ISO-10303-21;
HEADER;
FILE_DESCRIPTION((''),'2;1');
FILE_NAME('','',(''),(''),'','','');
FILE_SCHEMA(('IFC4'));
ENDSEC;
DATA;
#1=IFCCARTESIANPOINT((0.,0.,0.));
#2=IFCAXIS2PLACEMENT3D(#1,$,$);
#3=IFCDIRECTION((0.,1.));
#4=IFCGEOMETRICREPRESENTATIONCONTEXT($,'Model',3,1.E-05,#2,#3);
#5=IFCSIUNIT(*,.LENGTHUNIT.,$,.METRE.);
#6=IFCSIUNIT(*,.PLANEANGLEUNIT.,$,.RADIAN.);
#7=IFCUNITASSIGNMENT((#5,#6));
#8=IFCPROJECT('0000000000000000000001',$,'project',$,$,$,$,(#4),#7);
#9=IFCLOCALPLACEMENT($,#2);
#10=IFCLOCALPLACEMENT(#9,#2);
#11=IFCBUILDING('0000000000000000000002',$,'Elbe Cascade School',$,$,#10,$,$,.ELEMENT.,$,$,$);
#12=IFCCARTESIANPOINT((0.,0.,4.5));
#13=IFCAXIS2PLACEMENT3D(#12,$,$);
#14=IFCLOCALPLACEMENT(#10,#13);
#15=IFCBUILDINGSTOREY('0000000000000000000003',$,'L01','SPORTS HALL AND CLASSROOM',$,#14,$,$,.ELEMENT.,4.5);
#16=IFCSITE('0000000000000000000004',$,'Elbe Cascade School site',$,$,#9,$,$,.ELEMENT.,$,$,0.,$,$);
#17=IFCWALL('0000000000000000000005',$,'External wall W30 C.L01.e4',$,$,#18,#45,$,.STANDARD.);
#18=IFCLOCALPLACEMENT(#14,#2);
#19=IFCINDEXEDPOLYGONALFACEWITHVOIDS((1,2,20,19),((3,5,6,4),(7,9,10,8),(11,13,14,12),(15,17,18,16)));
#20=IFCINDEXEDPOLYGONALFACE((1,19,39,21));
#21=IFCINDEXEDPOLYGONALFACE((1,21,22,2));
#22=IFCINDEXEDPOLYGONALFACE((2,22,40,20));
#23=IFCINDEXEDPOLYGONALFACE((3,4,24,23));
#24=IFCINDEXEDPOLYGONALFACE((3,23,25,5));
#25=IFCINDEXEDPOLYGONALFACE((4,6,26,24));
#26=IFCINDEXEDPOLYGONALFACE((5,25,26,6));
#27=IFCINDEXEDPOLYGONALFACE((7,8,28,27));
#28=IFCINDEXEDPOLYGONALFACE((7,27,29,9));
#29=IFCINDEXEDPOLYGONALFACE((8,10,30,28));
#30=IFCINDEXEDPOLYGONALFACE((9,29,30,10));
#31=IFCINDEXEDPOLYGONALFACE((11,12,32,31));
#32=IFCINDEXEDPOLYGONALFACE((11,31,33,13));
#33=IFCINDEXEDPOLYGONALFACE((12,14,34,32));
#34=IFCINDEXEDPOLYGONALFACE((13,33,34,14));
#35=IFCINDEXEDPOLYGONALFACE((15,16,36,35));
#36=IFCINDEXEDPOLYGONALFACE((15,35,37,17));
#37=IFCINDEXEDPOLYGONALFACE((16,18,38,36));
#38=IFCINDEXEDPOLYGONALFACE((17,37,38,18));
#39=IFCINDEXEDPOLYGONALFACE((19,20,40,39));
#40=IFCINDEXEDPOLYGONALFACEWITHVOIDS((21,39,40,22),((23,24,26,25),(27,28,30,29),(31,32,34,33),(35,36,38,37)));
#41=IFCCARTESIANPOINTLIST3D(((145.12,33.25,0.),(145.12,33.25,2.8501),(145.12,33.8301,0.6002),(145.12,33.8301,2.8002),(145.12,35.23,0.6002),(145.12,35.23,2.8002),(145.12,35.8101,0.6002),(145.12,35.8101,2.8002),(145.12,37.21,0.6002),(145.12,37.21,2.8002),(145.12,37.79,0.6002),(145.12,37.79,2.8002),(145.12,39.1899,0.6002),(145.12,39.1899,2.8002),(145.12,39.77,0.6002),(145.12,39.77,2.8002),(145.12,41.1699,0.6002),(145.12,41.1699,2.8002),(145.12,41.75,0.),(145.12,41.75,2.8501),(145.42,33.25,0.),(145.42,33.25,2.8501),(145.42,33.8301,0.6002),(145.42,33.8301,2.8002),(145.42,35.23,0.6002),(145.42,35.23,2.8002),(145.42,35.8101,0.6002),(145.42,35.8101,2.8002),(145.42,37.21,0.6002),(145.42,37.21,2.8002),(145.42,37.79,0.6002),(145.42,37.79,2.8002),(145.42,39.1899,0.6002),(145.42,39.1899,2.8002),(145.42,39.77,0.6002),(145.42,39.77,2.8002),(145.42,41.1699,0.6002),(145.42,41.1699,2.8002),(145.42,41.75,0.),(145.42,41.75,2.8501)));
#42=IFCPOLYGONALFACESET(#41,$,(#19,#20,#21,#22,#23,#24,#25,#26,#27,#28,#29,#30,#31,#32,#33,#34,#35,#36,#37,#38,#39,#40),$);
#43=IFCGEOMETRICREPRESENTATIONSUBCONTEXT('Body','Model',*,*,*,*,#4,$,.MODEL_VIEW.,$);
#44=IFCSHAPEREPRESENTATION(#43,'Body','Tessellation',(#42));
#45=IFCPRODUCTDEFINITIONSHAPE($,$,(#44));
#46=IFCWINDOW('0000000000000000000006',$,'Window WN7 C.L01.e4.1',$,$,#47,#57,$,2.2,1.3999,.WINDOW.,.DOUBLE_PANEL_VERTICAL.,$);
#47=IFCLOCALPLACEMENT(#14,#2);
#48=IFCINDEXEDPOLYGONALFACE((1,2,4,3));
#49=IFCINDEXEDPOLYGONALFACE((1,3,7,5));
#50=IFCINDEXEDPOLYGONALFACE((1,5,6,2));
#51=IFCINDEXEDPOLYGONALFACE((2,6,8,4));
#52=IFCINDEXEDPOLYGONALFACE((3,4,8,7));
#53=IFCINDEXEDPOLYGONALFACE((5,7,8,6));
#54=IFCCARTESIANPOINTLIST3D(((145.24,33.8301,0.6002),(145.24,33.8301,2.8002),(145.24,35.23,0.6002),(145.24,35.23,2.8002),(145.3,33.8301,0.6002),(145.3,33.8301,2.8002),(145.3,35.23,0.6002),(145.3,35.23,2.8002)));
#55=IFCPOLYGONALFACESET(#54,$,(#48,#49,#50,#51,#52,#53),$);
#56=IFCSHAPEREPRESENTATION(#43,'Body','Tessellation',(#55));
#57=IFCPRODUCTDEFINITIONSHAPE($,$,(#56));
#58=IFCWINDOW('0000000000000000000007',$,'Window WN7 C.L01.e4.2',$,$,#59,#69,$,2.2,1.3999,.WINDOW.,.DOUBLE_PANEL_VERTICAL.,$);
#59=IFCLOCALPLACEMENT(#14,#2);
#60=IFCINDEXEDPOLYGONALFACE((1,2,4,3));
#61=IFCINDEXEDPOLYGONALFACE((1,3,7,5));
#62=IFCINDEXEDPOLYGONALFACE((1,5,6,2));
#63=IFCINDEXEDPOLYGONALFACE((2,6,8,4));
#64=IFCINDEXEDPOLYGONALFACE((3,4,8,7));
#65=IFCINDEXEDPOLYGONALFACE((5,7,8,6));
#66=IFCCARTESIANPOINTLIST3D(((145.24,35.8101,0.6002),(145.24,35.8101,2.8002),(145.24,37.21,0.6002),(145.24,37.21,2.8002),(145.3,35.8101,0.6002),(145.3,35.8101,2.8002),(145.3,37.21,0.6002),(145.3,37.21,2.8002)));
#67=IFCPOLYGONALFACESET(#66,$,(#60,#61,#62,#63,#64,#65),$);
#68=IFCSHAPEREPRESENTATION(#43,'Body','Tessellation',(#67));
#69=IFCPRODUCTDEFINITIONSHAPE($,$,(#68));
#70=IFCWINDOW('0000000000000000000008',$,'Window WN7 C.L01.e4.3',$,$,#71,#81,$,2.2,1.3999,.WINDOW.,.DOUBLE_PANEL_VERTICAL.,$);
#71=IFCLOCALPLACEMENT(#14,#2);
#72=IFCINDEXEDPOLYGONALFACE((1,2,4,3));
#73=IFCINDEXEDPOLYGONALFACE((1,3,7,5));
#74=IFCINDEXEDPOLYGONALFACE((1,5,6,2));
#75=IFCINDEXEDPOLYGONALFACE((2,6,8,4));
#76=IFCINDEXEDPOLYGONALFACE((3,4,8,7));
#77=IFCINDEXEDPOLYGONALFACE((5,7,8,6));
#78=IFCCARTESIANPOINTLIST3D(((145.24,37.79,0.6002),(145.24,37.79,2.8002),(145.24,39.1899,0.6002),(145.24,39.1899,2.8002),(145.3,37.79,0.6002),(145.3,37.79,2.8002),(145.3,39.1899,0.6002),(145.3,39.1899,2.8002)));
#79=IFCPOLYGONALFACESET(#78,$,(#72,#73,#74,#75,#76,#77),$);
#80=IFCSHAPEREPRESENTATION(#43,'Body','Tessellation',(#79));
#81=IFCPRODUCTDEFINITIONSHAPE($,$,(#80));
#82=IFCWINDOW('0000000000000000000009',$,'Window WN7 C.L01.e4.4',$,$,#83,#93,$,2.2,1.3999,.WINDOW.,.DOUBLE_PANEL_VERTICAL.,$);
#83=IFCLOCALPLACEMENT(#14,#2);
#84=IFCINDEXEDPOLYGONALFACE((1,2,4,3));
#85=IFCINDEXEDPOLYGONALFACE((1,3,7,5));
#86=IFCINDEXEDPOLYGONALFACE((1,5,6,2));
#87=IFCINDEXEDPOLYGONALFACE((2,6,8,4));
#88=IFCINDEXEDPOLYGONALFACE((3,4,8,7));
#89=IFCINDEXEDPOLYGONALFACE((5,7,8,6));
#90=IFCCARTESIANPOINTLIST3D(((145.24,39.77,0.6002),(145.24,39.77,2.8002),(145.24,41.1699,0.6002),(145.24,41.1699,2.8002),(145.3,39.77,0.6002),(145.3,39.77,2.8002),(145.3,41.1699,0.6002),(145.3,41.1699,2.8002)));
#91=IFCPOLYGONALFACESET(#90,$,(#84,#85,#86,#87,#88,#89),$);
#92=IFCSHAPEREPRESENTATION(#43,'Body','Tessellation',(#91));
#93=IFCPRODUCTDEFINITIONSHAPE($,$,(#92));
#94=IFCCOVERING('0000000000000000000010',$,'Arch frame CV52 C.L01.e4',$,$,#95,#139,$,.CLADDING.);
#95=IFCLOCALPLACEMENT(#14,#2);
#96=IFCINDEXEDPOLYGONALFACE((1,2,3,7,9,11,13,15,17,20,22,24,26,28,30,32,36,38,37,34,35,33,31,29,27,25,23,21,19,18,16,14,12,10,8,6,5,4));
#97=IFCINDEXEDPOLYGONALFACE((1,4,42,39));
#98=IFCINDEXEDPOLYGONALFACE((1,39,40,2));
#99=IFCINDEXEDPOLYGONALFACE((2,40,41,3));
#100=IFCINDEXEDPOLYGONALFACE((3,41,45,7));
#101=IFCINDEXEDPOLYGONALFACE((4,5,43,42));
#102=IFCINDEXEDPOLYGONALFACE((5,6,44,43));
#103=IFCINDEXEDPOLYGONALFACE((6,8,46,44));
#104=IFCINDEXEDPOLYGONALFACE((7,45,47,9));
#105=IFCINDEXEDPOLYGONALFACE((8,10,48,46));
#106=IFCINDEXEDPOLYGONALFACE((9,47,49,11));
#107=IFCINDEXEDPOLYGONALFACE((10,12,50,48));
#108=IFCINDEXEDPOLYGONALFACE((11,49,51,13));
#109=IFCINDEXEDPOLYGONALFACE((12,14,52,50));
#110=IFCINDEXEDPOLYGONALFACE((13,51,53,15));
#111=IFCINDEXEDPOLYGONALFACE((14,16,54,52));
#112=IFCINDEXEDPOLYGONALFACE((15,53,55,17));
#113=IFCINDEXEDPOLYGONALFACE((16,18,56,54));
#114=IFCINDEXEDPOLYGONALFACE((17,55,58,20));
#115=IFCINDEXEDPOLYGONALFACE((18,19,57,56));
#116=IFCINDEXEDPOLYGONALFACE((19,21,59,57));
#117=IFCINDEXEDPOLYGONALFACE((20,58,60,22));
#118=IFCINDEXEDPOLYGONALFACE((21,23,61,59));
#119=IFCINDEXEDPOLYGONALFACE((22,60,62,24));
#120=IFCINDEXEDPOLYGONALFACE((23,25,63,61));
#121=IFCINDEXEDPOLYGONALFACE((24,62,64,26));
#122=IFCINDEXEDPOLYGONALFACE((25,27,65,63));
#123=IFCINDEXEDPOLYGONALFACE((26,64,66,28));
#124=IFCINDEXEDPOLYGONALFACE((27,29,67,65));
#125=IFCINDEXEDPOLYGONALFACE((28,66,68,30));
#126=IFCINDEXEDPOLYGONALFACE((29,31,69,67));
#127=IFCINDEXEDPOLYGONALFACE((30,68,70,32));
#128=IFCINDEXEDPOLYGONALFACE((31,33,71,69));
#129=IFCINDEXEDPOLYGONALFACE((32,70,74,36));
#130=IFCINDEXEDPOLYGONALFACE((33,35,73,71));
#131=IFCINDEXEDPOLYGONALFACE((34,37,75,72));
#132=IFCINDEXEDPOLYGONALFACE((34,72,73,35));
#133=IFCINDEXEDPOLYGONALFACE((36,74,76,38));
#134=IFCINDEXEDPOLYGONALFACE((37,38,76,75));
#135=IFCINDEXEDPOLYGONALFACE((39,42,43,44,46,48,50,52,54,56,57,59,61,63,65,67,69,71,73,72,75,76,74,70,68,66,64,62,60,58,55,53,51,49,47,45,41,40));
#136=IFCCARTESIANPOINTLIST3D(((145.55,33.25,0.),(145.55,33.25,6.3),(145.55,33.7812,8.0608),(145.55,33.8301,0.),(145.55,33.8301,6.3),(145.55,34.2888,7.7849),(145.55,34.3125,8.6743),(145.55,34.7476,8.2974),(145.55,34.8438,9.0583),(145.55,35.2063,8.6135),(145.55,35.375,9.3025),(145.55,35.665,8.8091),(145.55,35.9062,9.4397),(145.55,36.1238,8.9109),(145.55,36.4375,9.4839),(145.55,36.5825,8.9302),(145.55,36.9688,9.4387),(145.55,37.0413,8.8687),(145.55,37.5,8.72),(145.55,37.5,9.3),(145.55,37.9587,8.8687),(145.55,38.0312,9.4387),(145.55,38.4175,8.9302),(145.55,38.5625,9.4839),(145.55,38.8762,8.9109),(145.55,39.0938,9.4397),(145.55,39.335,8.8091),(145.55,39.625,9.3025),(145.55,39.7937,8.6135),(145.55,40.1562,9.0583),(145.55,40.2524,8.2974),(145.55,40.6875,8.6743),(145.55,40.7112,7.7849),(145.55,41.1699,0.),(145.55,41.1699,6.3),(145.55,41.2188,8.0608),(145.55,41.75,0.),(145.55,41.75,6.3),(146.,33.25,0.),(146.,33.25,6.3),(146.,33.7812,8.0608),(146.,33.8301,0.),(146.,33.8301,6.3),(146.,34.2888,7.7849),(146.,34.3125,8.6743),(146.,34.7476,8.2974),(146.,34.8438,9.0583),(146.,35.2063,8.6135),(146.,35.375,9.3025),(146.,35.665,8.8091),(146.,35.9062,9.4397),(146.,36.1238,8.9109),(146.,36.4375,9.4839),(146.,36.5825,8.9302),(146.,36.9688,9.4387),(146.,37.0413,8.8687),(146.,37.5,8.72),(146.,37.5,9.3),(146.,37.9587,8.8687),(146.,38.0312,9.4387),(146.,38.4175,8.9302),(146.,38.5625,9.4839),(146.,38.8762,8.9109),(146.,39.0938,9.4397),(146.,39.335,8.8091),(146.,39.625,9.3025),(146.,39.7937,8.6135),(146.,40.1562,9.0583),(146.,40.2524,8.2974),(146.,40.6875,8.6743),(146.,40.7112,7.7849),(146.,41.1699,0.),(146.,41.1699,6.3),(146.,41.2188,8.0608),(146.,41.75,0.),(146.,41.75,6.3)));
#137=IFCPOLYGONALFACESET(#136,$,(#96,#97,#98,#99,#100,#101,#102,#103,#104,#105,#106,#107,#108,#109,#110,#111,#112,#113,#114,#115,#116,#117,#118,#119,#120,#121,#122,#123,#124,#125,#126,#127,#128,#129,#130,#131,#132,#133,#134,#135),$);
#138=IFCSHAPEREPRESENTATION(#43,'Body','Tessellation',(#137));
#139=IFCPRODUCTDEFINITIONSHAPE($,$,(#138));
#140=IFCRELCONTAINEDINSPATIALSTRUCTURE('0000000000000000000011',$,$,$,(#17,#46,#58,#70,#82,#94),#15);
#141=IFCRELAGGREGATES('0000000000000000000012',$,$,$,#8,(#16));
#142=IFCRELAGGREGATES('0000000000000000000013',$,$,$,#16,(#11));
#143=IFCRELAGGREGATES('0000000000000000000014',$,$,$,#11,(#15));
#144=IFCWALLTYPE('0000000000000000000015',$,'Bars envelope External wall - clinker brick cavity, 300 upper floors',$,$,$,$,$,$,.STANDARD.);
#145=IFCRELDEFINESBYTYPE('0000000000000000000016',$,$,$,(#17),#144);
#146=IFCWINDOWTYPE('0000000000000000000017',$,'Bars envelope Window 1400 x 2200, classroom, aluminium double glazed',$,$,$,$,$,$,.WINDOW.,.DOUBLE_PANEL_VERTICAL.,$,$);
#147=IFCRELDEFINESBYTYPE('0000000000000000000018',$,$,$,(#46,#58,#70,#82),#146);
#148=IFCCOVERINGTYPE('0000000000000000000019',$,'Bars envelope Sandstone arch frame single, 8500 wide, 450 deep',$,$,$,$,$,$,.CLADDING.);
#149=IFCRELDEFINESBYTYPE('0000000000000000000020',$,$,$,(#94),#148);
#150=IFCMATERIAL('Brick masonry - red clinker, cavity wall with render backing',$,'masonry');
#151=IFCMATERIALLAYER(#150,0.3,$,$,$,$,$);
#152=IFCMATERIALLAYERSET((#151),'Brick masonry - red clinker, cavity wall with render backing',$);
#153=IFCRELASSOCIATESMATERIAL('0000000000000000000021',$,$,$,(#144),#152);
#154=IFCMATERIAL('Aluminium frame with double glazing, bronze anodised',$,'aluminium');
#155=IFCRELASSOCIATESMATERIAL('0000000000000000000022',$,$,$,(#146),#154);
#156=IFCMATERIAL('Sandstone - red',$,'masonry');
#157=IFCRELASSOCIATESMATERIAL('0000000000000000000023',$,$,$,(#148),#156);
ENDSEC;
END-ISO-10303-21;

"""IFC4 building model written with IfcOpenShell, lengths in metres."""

from ifc_helpers import new_model, si_unit, direction, frame, frame_2d, origin, place, context, subcontext, project, spatial, polyline, rectangle, outline, extrude, material, layer, layer_set, type_object, element, fill, save


model = new_model("IFC4")

# Units and contexts
model_context = context("Model", 3, precision=1e-05, world=origin(), true_north=direction((0.0, 1.0)))
body_context = subcontext(model_context, "Body", "Model", "MODEL_VIEW")
ifc_project = project(units=[si_unit("LENGTHUNIT", "METRE"), si_unit("PLANEANGLEUNIT", "RADIAN")], contexts=[model_context])

# Site, building, storey
site_placement = place(None, origin())
site = spatial("IfcSite", under=ifc_project, at=site_placement, Name="Elbe Cascade School site", CompositionType="ELEMENT", RefElevation=0.0)
building_placement = place(site_placement, origin())
building = spatial("IfcBuilding", under=site, at=building_placement, Name="Elbe Cascade School", CompositionType="ELEMENT")
storey_placement = place(building_placement, frame((0.0, 0.0, 4.5)))
storey = spatial("IfcBuildingStorey", under=building, at=storey_placement, Name="L01", Description="SPORTS HALL AND CLASSROOM", CompositionType="ELEMENT", Elevation=4.5)

# Wall, openings, windows
ifc_material_1 = material(Name="Brick masonry - red clinker, cavity wall with render backing", Category="masonry")
ifc_layer_1 = layer(ifc_material_1, 0.3)
ifc_layer_set_1 = layer_set([ifc_layer_1], Name="Brick masonry - red clinker, cavity wall with render backing")
wall_type_1 = type_object("IfcWallType", Name="Bars envelope External wall - clinker brick cavity, 300 upper floors", PredefinedType="STANDARD", material=ifc_layer_set_1)
wall_1_placement = place(storey_placement, frame((145.27, 41.75, 0.0), z_axis=(0.0, 0.0, 1.0), x_axis=(0.0, -1.0, 0.0)))
wall_1 = element("IfcWall", 1, at=wall_1_placement, inside=storey, type_object=wall_type_1, Name="External wall W30 C.L01.e4", PredefinedType="STANDARD", context=body_context, shape_type="SweptSolid", body=[
    extrude(rectangle(XDim=8.5, YDim=0.3, at=frame_2d((4.25, 0.0))), origin(), (0.0, 0.0, 1.0), 2.8501),
])
opening_1_placement = place(wall_1_placement, frame((6.52, 0.0, 0.6001)))
opening_1 = element("IfcOpeningElement", 2, at=opening_1_placement, cuts=wall_1, PredefinedType="OPENING", context=body_context, shape_type="SweptSolid", body=[
    extrude(rectangle(XDim=1.3999, YDim=2.2, at=frame_2d((0.7, 1.1001))), frame((0.0, 0.1599, 0.0), z_axis=(0.0, -1.0, 0.0), x_axis=(1.0, 0.0, 0.0)), (0.0, 0.0, 1.0), 0.3201),
])
opening_2_placement = place(wall_1_placement, frame((4.54, 0.0, 0.6001)))
opening_2 = element("IfcOpeningElement", 3, at=opening_2_placement, cuts=wall_1, PredefinedType="OPENING", context=body_context, shape_type="SweptSolid", body=[
    extrude(rectangle(XDim=1.3999, YDim=2.2, at=frame_2d((0.7, 1.1001))), frame((0.0, 0.1599, 0.0), z_axis=(0.0, -1.0, 0.0), x_axis=(1.0, 0.0, 0.0)), (0.0, 0.0, 1.0), 0.3201),
])
opening_3_placement = place(wall_1_placement, frame((2.5601, 0.0, 0.6001)))
opening_3 = element("IfcOpeningElement", 4, at=opening_3_placement, cuts=wall_1, PredefinedType="OPENING", context=body_context, shape_type="SweptSolid", body=[
    extrude(rectangle(XDim=1.3999, YDim=2.2, at=frame_2d((0.7, 1.1001))), frame((0.0, 0.1599, 0.0), z_axis=(0.0, -1.0, 0.0), x_axis=(1.0, 0.0, 0.0)), (0.0, 0.0, 1.0), 0.3201),
])
opening_4_placement = place(wall_1_placement, frame((0.5801, 0.0, 0.6001)))
opening_4 = element("IfcOpeningElement", 5, at=opening_4_placement, cuts=wall_1, PredefinedType="OPENING", context=body_context, shape_type="SweptSolid", body=[
    extrude(rectangle(XDim=1.3999, YDim=2.2, at=frame_2d((0.7, 1.1001))), frame((0.0, 0.1599, 0.0), z_axis=(0.0, -1.0, 0.0), x_axis=(1.0, 0.0, 0.0)), (0.0, 0.0, 1.0), 0.3201),
])
ifc_material_2 = material(Name="Aluminium frame with double glazing, bronze anodised", Category="aluminium")
window_type = type_object("IfcWindowType", Name="Bars envelope Window 1400 x 2200, classroom, aluminium double glazed", PartitioningType="DOUBLE_PANEL_VERTICAL", PredefinedType="WINDOW", material=ifc_material_2)
window_1_placement = place(opening_1_placement, origin())
window_1 = element("IfcWindow", 6, at=window_1_placement, inside=storey, type_object=window_type, Name="Window WN7 C.L01.e4.1", OverallHeight=2.2, OverallWidth=1.3999, PartitioningType="DOUBLE_PANEL_VERTICAL", PredefinedType="WINDOW", context=body_context, shape_type="SweptSolid", body=[
    extrude(rectangle(XDim=1.3999, YDim=2.2, at=frame_2d((0.7, 1.1001))), frame((0.0, 0.03, 0.0), z_axis=(0.0, -1.0, 0.0), x_axis=(1.0, 0.0, 0.0)), (0.0, 0.0, 1.0), 0.0601),
])
fill(opening_1, window_1)
window_2_placement = place(opening_2_placement, origin())
window_2 = element("IfcWindow", 7, at=window_2_placement, inside=storey, type_object=window_type, Name="Window WN7 C.L01.e4.2", OverallHeight=2.2, OverallWidth=1.3999, PartitioningType="DOUBLE_PANEL_VERTICAL", PredefinedType="WINDOW", context=body_context, shape_type="SweptSolid", body=[
    extrude(rectangle(XDim=1.3999, YDim=2.2, at=frame_2d((0.7, 1.1001))), frame((0.0, 0.03, 0.0), z_axis=(0.0, -1.0, 0.0), x_axis=(1.0, 0.0, 0.0)), (0.0, 0.0, 1.0), 0.0601),
])
fill(opening_2, window_2)
window_3_placement = place(opening_3_placement, origin())
window_3 = element("IfcWindow", 8, at=window_3_placement, inside=storey, type_object=window_type, Name="Window WN7 C.L01.e4.3", OverallHeight=2.2, OverallWidth=1.3999, PartitioningType="DOUBLE_PANEL_VERTICAL", PredefinedType="WINDOW", context=body_context, shape_type="SweptSolid", body=[
    extrude(rectangle(XDim=1.3999, YDim=2.2, at=frame_2d((0.7, 1.1001))), frame((0.0, 0.03, 0.0), z_axis=(0.0, -1.0, 0.0), x_axis=(1.0, 0.0, 0.0)), (0.0, 0.0, 1.0), 0.0601),
])
fill(opening_3, window_3)
window_4_placement = place(opening_4_placement, origin())
window_4 = element("IfcWindow", 9, at=window_4_placement, inside=storey, type_object=window_type, Name="Window WN7 C.L01.e4.4", OverallHeight=2.2, OverallWidth=1.3999, PartitioningType="DOUBLE_PANEL_VERTICAL", PredefinedType="WINDOW", context=body_context, shape_type="SweptSolid", body=[
    extrude(rectangle(XDim=1.3999, YDim=2.2, at=frame_2d((0.7, 1.1001))), frame((0.0, 0.03, 0.0), z_axis=(0.0, -1.0, 0.0), x_axis=(1.0, 0.0, 0.0)), (0.0, 0.0, 1.0), 0.0601),
])
fill(opening_4, window_4)

# Covering
ifc_material_3 = material(Name="Sandstone - red", Category="masonry")
covering_type_1 = type_object("IfcCoveringType", Name="Bars envelope Sandstone arch frame single, 8500 wide, 450 deep", PredefinedType="CLADDING", material=ifc_material_3)
for number, where, z_axis, x_axis, name in (
    (10, (146.0, 33.8301, 0.0), (1.0, 0.0, 0.0), (0.0, 0.0, 1.0), "Arch frame CV52 C.L01.e4"),
):
    element("IfcCovering", number, at=place(storey_placement, frame(where, z_axis=z_axis, x_axis=x_axis)), inside=storey, type_object=covering_type_1, Name=name, PredefinedType="CLADDING", context=body_context, shape_type="SweptSolid", body=[
        extrude(outline(polyline([(0.0, 0.0), (6.3, 0.0), (7.7849, -0.4587), (8.2974, -0.9175), (8.6135, -1.3762), (8.8091, -1.835), (8.9109, -2.2937), (8.9302, -2.7524), (8.8687, -3.2112), (8.72, -3.6699), (8.8687, -4.1287), (8.9302, -4.5874), (8.9109, -5.0461), (8.8091, -5.5049), (8.6135, -5.9636), (8.2974, -6.4224), (7.7849, -6.8811), (6.3, -7.3398), (0.0, -7.3398), (0.0, -7.9199), (6.3, -7.9199), (8.0608, -7.3887), (8.6743, -6.8574), (9.0583, -6.3262), (9.3025, -5.7949), (9.4397, -5.2637), (9.4839, -4.7324), (9.4387, -4.2012), (9.3, -3.6699), (9.4387, -3.1387), (9.4839, -2.6074), (9.4397, -2.0762), (9.3025, -1.5449), (9.0583, -1.0137), (8.6743, -0.4824), (8.0608, 0.0488), (6.3, 0.5801), (0.0, 0.5801), (0.0, 0.0)])), origin(), (0.0, 0.0, -1.0), 0.45),
    ])

save(model, "model.ifc")
